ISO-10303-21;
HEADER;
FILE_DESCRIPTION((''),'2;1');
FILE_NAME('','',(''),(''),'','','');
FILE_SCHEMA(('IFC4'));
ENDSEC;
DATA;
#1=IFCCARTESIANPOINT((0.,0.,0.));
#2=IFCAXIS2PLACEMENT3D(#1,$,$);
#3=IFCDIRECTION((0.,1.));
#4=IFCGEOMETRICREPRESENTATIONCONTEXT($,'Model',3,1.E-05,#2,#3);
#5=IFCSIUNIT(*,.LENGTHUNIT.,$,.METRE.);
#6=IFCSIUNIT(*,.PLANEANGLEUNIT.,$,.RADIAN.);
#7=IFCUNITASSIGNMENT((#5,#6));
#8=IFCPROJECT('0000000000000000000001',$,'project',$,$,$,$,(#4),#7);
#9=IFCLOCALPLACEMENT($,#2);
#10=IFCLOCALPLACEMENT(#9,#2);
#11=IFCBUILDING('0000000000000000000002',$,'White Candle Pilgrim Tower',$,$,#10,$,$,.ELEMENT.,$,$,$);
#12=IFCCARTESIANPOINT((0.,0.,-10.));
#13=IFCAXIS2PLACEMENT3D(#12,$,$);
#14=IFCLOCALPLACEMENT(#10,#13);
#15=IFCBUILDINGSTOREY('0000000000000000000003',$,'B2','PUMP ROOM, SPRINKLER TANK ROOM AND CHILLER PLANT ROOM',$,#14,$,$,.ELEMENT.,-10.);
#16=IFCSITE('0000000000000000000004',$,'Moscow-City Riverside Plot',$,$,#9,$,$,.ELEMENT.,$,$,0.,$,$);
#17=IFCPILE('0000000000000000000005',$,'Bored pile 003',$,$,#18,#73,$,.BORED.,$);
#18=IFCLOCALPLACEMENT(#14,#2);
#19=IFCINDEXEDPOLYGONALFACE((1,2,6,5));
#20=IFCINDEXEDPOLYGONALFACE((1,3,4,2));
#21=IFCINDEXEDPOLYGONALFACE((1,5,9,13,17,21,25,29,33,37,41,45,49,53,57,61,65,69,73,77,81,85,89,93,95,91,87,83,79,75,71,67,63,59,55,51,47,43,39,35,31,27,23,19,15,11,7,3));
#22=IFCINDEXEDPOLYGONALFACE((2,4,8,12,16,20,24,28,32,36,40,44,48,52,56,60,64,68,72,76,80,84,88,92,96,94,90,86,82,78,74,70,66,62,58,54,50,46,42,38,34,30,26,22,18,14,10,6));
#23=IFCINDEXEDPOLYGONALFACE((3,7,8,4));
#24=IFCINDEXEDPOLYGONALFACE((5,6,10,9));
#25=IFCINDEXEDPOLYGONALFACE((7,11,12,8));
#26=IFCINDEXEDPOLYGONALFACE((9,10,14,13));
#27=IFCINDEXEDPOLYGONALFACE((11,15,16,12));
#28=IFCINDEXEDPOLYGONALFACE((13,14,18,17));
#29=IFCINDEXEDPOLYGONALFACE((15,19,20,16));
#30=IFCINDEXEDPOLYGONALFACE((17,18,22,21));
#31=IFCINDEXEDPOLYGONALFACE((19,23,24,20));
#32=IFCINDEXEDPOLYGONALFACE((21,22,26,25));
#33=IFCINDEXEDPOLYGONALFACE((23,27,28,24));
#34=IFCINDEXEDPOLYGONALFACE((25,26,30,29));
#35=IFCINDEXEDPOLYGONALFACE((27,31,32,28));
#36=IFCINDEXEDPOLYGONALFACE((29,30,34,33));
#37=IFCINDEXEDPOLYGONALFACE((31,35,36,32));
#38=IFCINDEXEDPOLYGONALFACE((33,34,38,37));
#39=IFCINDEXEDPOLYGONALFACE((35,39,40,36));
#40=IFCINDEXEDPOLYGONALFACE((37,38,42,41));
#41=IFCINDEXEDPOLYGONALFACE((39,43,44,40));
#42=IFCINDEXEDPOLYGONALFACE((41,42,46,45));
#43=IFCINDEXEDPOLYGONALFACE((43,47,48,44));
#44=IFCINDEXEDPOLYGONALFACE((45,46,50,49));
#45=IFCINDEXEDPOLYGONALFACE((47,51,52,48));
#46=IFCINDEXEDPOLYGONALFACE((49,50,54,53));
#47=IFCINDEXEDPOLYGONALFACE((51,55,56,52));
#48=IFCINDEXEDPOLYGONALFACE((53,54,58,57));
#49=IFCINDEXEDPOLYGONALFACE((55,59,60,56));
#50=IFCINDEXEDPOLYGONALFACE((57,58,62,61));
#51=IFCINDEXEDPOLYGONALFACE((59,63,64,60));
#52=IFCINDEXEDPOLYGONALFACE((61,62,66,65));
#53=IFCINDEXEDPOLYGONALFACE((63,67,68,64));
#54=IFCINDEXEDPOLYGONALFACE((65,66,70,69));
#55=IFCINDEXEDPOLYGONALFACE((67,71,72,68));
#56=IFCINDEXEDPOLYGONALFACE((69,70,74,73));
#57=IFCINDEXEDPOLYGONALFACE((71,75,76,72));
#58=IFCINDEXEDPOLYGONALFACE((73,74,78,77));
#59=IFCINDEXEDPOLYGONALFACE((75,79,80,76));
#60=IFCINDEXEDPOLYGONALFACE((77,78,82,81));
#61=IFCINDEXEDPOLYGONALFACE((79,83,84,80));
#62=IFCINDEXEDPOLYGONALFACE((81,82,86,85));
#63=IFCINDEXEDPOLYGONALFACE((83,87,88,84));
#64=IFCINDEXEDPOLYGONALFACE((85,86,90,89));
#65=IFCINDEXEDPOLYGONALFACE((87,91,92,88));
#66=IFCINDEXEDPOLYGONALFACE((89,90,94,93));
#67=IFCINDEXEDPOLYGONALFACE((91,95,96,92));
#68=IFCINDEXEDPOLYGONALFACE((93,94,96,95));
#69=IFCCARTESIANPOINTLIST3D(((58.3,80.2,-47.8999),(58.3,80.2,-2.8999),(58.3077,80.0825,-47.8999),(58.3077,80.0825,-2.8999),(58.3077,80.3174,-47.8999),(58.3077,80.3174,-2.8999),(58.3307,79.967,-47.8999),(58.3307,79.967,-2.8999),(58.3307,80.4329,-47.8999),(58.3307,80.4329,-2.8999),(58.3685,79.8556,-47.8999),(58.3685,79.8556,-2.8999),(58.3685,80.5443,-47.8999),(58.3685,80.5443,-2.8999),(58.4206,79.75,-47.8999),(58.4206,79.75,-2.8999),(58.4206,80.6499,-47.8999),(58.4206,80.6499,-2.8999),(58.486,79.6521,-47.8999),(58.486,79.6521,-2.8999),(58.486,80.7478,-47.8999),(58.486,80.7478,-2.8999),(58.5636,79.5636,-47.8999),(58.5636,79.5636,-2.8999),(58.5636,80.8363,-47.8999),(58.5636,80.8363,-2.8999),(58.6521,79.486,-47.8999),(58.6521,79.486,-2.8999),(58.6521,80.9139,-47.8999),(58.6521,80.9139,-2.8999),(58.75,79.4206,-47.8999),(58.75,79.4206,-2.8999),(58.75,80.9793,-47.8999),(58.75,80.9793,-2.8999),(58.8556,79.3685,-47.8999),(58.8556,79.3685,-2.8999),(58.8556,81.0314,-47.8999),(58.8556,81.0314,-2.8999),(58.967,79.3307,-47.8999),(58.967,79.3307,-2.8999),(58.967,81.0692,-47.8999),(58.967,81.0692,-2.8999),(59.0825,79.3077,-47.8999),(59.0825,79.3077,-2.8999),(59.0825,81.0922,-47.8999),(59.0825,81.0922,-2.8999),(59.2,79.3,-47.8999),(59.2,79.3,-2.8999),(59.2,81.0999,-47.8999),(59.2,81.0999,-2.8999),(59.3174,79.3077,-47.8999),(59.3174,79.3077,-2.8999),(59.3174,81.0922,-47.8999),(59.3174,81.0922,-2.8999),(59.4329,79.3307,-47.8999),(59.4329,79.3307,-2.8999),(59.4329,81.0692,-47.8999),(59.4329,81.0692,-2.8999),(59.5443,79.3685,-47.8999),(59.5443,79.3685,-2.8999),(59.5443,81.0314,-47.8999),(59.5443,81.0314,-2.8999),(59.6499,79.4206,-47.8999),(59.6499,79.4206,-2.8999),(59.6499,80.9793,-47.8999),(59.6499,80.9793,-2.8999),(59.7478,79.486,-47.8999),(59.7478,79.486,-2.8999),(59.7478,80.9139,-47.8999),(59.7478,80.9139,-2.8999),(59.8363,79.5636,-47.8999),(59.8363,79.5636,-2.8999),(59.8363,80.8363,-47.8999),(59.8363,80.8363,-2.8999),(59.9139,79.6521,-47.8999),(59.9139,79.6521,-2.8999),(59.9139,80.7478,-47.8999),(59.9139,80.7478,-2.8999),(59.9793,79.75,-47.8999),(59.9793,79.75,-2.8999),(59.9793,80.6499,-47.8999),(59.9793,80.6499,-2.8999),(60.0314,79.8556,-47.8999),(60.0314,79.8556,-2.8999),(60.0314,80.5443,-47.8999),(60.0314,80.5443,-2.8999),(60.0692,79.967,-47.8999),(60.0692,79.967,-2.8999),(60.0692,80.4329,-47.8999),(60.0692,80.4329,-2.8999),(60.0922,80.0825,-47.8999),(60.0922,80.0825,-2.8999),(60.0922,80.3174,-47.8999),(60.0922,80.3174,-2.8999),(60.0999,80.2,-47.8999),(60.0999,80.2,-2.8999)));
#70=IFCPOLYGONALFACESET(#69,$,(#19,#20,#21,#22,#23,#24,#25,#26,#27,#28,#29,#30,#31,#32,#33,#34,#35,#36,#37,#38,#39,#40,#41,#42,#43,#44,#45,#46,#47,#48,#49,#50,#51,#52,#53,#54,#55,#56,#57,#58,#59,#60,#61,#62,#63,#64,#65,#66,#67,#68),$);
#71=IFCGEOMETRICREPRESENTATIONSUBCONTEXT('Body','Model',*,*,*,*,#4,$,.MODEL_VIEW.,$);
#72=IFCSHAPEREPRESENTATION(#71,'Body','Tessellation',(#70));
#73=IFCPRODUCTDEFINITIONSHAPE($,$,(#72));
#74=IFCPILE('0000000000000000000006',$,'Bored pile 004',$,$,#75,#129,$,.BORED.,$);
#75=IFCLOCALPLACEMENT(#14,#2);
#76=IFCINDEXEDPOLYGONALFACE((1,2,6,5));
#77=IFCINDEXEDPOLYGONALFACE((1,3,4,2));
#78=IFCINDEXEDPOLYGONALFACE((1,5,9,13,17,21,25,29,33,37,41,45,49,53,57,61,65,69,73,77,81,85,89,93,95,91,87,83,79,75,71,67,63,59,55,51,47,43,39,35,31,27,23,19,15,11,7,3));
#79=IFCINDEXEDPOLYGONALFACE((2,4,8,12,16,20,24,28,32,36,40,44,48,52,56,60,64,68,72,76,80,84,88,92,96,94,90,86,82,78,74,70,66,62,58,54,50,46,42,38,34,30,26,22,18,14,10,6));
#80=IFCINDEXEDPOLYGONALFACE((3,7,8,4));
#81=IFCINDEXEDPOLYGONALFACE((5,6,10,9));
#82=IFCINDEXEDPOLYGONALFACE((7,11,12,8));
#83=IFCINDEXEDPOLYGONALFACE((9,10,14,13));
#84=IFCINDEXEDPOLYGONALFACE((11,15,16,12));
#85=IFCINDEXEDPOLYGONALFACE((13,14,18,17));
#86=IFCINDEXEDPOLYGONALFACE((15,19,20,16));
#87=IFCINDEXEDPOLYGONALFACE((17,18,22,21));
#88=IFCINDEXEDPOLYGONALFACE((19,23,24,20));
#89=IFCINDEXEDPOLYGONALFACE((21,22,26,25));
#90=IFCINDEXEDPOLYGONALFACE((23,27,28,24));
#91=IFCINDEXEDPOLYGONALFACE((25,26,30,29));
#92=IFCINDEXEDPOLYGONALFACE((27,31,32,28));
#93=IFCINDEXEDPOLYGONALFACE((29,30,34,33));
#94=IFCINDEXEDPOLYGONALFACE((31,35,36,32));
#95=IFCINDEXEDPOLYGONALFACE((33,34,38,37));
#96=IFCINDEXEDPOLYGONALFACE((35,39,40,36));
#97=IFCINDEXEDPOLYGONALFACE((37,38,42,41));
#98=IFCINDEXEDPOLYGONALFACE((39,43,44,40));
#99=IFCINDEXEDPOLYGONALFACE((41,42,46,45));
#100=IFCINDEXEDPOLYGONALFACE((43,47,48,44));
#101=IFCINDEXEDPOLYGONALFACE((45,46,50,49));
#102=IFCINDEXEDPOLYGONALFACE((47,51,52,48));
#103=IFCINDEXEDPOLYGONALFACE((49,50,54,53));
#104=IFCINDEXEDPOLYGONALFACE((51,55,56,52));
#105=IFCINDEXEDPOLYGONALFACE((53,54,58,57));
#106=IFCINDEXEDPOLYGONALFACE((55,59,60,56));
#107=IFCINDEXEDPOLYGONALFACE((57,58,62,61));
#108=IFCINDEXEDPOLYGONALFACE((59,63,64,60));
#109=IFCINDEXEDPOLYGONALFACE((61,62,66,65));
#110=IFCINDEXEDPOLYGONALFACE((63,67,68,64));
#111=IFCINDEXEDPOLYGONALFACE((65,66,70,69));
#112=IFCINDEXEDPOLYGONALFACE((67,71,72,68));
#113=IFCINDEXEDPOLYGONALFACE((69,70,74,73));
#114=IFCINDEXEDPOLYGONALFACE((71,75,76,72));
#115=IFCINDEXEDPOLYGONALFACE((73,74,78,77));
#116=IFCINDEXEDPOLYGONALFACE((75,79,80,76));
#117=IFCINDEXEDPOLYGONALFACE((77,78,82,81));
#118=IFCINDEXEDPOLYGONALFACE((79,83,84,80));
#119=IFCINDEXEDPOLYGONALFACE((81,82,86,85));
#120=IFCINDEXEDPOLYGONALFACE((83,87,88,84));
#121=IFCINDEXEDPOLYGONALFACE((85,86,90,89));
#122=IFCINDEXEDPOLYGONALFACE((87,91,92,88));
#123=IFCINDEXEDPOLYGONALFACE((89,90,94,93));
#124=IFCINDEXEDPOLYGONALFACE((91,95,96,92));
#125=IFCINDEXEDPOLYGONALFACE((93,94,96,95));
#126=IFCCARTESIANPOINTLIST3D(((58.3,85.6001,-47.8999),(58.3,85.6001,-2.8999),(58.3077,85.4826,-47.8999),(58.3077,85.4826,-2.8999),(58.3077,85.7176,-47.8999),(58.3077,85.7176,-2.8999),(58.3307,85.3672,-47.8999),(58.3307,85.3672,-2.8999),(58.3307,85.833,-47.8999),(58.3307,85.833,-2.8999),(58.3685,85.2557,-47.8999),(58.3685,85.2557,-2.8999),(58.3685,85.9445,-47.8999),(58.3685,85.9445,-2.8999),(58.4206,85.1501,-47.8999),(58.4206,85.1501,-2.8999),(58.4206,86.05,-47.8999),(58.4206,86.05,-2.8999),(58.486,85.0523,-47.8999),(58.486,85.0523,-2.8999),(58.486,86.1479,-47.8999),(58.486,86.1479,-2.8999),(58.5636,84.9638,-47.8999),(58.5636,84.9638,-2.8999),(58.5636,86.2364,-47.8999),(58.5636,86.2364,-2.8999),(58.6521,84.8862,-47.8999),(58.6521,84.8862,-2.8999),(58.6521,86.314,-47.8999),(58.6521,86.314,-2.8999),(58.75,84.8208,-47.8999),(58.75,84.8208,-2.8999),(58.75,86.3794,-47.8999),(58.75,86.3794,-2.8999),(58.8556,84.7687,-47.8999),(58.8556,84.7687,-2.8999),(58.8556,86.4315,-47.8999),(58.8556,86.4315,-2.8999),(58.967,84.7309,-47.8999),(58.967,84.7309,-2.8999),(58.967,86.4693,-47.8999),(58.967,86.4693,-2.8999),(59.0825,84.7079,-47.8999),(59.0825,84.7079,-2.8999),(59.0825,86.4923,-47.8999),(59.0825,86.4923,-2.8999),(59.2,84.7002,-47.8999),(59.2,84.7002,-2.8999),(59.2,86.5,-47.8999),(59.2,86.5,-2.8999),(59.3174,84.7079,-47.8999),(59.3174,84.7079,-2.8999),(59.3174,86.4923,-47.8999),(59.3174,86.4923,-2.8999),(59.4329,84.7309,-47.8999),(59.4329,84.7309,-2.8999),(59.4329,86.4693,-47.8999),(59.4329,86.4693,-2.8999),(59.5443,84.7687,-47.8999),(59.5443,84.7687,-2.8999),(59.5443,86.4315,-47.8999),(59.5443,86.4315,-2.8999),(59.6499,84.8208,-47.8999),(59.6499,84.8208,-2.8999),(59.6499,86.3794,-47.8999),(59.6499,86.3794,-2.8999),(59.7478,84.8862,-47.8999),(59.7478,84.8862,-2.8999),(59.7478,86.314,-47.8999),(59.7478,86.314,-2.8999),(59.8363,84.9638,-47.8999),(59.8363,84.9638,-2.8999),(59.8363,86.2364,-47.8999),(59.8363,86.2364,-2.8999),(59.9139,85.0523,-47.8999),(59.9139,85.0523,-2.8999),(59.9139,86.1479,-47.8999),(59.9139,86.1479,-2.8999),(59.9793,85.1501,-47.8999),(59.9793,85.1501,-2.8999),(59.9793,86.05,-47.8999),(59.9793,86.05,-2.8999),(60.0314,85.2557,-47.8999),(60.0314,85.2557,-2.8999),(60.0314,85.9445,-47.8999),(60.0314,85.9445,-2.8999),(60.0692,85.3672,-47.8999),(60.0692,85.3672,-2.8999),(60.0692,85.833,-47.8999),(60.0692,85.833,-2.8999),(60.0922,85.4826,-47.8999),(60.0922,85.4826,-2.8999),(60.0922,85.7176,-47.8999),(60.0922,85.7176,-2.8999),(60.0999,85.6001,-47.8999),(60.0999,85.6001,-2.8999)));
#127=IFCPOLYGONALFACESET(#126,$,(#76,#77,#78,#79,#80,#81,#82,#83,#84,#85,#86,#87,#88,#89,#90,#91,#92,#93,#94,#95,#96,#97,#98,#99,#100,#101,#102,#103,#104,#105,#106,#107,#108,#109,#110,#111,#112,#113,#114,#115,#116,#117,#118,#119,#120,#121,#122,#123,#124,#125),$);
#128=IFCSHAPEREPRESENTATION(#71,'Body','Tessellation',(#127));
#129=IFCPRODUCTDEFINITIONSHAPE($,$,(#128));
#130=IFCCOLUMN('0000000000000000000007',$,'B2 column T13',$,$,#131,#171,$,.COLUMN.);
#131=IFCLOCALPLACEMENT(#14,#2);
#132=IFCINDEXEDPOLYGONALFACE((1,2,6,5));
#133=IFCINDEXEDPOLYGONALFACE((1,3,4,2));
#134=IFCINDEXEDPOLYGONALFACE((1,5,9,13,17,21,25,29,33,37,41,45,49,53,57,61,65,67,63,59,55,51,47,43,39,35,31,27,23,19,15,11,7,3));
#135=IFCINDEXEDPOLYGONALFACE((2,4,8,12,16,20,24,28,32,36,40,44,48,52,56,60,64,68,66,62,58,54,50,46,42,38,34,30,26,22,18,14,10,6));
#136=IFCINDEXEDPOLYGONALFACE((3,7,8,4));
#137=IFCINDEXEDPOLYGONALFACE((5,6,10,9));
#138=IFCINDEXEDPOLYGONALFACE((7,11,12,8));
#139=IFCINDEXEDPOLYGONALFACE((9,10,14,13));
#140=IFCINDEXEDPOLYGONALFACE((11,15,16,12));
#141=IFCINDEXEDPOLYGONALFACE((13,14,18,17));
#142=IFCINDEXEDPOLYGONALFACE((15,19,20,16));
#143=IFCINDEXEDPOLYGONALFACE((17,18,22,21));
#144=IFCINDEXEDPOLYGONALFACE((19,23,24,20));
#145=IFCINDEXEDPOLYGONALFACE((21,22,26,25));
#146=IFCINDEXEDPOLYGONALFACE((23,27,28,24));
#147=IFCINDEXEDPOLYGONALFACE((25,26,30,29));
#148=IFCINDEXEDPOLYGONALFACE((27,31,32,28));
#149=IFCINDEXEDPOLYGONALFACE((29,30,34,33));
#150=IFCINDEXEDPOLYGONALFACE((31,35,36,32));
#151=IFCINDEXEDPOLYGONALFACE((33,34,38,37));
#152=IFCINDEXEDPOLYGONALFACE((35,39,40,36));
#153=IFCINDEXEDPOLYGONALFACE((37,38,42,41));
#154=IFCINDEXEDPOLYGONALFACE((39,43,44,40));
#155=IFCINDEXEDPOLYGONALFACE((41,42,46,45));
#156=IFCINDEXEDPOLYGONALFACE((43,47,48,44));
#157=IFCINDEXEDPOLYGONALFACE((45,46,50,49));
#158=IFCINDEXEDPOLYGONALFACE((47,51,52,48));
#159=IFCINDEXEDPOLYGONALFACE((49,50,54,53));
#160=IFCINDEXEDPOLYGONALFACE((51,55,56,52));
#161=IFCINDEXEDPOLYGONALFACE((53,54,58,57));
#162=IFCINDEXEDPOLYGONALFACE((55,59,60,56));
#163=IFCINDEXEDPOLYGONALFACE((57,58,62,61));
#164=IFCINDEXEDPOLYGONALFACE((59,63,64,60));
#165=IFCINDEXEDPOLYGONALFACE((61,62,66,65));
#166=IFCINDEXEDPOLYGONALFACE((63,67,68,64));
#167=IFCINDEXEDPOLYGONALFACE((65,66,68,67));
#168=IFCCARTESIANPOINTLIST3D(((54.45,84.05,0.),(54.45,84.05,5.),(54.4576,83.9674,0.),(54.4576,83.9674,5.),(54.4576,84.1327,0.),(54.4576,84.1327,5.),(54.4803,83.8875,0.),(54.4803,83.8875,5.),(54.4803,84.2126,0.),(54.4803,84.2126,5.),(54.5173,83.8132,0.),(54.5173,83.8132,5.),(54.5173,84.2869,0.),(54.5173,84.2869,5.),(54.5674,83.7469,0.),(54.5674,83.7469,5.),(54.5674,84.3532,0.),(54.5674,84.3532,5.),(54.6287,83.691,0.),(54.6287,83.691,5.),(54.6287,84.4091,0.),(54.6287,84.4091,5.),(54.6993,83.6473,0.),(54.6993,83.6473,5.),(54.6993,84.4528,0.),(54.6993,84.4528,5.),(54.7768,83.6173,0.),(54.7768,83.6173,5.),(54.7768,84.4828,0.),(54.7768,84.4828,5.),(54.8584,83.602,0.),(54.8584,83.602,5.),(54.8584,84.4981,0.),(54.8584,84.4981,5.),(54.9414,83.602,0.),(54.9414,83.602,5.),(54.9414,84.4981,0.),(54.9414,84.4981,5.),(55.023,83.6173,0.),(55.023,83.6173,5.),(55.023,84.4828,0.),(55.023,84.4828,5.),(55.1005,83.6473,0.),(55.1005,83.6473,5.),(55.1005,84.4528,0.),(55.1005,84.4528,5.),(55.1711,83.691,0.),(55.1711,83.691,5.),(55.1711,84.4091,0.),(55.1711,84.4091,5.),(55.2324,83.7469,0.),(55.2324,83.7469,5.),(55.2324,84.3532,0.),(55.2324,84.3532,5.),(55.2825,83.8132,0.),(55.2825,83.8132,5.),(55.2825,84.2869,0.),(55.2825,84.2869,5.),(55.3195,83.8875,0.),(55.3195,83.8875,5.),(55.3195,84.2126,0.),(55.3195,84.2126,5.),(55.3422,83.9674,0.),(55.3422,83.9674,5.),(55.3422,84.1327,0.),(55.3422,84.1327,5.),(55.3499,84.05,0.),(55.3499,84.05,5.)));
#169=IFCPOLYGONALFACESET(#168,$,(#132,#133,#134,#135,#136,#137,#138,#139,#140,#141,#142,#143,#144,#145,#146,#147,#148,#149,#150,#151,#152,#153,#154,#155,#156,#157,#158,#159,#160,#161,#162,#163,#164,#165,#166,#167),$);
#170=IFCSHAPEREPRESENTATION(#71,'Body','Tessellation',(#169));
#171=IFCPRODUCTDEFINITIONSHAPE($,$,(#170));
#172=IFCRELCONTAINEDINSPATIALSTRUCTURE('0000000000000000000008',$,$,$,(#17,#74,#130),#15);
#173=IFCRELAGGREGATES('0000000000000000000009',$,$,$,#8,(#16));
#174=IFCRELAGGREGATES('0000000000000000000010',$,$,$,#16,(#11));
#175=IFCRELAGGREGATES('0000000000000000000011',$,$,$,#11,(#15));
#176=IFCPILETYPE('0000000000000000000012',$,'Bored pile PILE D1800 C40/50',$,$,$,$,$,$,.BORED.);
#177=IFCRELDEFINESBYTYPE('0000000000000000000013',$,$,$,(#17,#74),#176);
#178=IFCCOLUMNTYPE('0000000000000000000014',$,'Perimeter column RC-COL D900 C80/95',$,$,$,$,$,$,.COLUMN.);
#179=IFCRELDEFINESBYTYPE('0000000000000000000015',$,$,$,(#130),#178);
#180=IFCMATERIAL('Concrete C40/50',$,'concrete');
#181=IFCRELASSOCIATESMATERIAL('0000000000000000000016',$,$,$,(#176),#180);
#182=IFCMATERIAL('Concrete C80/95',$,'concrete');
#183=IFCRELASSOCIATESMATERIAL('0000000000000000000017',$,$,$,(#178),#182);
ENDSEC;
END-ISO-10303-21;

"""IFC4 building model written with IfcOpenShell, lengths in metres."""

from ifc_helpers import new_model, si_unit, direction, frame, origin, origin_2d, place, context, subcontext, project, spatial, circle, extrude, material, material_profile, profile_set, type_object, element, save


model = new_model("IFC4")

# Units and contexts
model_context = context("Model", 3, precision=1e-05, world=origin(), true_north=direction((0.0, 1.0)))
body_context = subcontext(model_context, "Body", "Model", "MODEL_VIEW")
ifc_project = project(units=[si_unit("LENGTHUNIT", "METRE"), si_unit("PLANEANGLEUNIT", "RADIAN")], contexts=[model_context])

# Site, building, storey
site_placement = place(None, origin())
site = spatial("IfcSite", under=ifc_project, at=site_placement, Name="Moscow-City Riverside Plot", CompositionType="ELEMENT", RefElevation=0.0)
building_placement = place(site_placement, origin())
building = spatial("IfcBuilding", under=site, at=building_placement, Name="White Candle Pilgrim Tower", CompositionType="ELEMENT")
storey_placement = place(building_placement, frame((0.0, 0.0, -10.0)))
storey = spatial("IfcBuildingStorey", under=building, at=storey_placement, Name="B2", Description="PUMP ROOM, SPRINKLER TANK ROOM AND CHILLER PLANT ROOM", CompositionType="ELEMENT", Elevation=-10.0)

# Piles
ifc_material_1 = material(Name="Concrete C40/50", Category="concrete")
ifc_material_profile_1 = material_profile(ifc_material_1, circle(Radius=0.8999, at=origin_2d()), Name="PILE D1800")
ifc_profile_set_1 = profile_set([ifc_material_profile_1], Name="Concrete C40/50")
pile_type = type_object("IfcPileType", Name="Bored pile PILE D1800 C40/50", PredefinedType="BORED", material=ifc_profile_set_1)
for number, where, z_axis, x_axis, name in (
    (1, (59.2, 80.2, -2.8999), (0.0, 0.0, -1.0), (1.0, 0.0, 0.0), "Bored pile 003"),
    (2, (59.2, 85.6001, -2.8999), (0.0, 0.0, -1.0), (1.0, 0.0, 0.0), "Bored pile 004"),
):
    element("IfcPile", number, at=place(storey_placement, frame(where, z_axis=z_axis, x_axis=x_axis)), inside=storey, type_object=pile_type, Name=name, PredefinedType="BORED", context=body_context, shape_type="SweptSolid", body=[
        extrude(circle(Radius=0.8999, at=origin_2d()), origin(), (0.0, 0.0, 1.0), 45.0),
    ])

# Column
ifc_material_2 = material(Name="Concrete C80/95", Category="concrete")
ifc_material_profile_2 = material_profile(ifc_material_2, circle(Radius=0.45, at=origin_2d()), Name="RC-COL D900")
ifc_profile_set_2 = profile_set([ifc_material_profile_2], Name="Concrete C80/95")
column_type = type_object("IfcColumnType", Name="Perimeter column RC-COL D900 C80/95", PredefinedType="COLUMN", material=ifc_profile_set_2)
for number, where, z_axis, x_axis, name in (
    (3, (54.8999, 84.05, 0.0), (0.0, 0.0, 1.0), (1.0, 0.0, 0.0), "B2 column T13"),
):
    element("IfcColumn", number, at=place(storey_placement, frame(where, z_axis=z_axis, x_axis=x_axis)), inside=storey, type_object=column_type, Name=name, PredefinedType="COLUMN", context=body_context, shape_type="SweptSolid", body=[
        extrude(circle(Radius=0.45, at=origin_2d()), origin(), (0.0, 0.0, 1.0), 5.0),
    ])

save(model, "model.ifc")
